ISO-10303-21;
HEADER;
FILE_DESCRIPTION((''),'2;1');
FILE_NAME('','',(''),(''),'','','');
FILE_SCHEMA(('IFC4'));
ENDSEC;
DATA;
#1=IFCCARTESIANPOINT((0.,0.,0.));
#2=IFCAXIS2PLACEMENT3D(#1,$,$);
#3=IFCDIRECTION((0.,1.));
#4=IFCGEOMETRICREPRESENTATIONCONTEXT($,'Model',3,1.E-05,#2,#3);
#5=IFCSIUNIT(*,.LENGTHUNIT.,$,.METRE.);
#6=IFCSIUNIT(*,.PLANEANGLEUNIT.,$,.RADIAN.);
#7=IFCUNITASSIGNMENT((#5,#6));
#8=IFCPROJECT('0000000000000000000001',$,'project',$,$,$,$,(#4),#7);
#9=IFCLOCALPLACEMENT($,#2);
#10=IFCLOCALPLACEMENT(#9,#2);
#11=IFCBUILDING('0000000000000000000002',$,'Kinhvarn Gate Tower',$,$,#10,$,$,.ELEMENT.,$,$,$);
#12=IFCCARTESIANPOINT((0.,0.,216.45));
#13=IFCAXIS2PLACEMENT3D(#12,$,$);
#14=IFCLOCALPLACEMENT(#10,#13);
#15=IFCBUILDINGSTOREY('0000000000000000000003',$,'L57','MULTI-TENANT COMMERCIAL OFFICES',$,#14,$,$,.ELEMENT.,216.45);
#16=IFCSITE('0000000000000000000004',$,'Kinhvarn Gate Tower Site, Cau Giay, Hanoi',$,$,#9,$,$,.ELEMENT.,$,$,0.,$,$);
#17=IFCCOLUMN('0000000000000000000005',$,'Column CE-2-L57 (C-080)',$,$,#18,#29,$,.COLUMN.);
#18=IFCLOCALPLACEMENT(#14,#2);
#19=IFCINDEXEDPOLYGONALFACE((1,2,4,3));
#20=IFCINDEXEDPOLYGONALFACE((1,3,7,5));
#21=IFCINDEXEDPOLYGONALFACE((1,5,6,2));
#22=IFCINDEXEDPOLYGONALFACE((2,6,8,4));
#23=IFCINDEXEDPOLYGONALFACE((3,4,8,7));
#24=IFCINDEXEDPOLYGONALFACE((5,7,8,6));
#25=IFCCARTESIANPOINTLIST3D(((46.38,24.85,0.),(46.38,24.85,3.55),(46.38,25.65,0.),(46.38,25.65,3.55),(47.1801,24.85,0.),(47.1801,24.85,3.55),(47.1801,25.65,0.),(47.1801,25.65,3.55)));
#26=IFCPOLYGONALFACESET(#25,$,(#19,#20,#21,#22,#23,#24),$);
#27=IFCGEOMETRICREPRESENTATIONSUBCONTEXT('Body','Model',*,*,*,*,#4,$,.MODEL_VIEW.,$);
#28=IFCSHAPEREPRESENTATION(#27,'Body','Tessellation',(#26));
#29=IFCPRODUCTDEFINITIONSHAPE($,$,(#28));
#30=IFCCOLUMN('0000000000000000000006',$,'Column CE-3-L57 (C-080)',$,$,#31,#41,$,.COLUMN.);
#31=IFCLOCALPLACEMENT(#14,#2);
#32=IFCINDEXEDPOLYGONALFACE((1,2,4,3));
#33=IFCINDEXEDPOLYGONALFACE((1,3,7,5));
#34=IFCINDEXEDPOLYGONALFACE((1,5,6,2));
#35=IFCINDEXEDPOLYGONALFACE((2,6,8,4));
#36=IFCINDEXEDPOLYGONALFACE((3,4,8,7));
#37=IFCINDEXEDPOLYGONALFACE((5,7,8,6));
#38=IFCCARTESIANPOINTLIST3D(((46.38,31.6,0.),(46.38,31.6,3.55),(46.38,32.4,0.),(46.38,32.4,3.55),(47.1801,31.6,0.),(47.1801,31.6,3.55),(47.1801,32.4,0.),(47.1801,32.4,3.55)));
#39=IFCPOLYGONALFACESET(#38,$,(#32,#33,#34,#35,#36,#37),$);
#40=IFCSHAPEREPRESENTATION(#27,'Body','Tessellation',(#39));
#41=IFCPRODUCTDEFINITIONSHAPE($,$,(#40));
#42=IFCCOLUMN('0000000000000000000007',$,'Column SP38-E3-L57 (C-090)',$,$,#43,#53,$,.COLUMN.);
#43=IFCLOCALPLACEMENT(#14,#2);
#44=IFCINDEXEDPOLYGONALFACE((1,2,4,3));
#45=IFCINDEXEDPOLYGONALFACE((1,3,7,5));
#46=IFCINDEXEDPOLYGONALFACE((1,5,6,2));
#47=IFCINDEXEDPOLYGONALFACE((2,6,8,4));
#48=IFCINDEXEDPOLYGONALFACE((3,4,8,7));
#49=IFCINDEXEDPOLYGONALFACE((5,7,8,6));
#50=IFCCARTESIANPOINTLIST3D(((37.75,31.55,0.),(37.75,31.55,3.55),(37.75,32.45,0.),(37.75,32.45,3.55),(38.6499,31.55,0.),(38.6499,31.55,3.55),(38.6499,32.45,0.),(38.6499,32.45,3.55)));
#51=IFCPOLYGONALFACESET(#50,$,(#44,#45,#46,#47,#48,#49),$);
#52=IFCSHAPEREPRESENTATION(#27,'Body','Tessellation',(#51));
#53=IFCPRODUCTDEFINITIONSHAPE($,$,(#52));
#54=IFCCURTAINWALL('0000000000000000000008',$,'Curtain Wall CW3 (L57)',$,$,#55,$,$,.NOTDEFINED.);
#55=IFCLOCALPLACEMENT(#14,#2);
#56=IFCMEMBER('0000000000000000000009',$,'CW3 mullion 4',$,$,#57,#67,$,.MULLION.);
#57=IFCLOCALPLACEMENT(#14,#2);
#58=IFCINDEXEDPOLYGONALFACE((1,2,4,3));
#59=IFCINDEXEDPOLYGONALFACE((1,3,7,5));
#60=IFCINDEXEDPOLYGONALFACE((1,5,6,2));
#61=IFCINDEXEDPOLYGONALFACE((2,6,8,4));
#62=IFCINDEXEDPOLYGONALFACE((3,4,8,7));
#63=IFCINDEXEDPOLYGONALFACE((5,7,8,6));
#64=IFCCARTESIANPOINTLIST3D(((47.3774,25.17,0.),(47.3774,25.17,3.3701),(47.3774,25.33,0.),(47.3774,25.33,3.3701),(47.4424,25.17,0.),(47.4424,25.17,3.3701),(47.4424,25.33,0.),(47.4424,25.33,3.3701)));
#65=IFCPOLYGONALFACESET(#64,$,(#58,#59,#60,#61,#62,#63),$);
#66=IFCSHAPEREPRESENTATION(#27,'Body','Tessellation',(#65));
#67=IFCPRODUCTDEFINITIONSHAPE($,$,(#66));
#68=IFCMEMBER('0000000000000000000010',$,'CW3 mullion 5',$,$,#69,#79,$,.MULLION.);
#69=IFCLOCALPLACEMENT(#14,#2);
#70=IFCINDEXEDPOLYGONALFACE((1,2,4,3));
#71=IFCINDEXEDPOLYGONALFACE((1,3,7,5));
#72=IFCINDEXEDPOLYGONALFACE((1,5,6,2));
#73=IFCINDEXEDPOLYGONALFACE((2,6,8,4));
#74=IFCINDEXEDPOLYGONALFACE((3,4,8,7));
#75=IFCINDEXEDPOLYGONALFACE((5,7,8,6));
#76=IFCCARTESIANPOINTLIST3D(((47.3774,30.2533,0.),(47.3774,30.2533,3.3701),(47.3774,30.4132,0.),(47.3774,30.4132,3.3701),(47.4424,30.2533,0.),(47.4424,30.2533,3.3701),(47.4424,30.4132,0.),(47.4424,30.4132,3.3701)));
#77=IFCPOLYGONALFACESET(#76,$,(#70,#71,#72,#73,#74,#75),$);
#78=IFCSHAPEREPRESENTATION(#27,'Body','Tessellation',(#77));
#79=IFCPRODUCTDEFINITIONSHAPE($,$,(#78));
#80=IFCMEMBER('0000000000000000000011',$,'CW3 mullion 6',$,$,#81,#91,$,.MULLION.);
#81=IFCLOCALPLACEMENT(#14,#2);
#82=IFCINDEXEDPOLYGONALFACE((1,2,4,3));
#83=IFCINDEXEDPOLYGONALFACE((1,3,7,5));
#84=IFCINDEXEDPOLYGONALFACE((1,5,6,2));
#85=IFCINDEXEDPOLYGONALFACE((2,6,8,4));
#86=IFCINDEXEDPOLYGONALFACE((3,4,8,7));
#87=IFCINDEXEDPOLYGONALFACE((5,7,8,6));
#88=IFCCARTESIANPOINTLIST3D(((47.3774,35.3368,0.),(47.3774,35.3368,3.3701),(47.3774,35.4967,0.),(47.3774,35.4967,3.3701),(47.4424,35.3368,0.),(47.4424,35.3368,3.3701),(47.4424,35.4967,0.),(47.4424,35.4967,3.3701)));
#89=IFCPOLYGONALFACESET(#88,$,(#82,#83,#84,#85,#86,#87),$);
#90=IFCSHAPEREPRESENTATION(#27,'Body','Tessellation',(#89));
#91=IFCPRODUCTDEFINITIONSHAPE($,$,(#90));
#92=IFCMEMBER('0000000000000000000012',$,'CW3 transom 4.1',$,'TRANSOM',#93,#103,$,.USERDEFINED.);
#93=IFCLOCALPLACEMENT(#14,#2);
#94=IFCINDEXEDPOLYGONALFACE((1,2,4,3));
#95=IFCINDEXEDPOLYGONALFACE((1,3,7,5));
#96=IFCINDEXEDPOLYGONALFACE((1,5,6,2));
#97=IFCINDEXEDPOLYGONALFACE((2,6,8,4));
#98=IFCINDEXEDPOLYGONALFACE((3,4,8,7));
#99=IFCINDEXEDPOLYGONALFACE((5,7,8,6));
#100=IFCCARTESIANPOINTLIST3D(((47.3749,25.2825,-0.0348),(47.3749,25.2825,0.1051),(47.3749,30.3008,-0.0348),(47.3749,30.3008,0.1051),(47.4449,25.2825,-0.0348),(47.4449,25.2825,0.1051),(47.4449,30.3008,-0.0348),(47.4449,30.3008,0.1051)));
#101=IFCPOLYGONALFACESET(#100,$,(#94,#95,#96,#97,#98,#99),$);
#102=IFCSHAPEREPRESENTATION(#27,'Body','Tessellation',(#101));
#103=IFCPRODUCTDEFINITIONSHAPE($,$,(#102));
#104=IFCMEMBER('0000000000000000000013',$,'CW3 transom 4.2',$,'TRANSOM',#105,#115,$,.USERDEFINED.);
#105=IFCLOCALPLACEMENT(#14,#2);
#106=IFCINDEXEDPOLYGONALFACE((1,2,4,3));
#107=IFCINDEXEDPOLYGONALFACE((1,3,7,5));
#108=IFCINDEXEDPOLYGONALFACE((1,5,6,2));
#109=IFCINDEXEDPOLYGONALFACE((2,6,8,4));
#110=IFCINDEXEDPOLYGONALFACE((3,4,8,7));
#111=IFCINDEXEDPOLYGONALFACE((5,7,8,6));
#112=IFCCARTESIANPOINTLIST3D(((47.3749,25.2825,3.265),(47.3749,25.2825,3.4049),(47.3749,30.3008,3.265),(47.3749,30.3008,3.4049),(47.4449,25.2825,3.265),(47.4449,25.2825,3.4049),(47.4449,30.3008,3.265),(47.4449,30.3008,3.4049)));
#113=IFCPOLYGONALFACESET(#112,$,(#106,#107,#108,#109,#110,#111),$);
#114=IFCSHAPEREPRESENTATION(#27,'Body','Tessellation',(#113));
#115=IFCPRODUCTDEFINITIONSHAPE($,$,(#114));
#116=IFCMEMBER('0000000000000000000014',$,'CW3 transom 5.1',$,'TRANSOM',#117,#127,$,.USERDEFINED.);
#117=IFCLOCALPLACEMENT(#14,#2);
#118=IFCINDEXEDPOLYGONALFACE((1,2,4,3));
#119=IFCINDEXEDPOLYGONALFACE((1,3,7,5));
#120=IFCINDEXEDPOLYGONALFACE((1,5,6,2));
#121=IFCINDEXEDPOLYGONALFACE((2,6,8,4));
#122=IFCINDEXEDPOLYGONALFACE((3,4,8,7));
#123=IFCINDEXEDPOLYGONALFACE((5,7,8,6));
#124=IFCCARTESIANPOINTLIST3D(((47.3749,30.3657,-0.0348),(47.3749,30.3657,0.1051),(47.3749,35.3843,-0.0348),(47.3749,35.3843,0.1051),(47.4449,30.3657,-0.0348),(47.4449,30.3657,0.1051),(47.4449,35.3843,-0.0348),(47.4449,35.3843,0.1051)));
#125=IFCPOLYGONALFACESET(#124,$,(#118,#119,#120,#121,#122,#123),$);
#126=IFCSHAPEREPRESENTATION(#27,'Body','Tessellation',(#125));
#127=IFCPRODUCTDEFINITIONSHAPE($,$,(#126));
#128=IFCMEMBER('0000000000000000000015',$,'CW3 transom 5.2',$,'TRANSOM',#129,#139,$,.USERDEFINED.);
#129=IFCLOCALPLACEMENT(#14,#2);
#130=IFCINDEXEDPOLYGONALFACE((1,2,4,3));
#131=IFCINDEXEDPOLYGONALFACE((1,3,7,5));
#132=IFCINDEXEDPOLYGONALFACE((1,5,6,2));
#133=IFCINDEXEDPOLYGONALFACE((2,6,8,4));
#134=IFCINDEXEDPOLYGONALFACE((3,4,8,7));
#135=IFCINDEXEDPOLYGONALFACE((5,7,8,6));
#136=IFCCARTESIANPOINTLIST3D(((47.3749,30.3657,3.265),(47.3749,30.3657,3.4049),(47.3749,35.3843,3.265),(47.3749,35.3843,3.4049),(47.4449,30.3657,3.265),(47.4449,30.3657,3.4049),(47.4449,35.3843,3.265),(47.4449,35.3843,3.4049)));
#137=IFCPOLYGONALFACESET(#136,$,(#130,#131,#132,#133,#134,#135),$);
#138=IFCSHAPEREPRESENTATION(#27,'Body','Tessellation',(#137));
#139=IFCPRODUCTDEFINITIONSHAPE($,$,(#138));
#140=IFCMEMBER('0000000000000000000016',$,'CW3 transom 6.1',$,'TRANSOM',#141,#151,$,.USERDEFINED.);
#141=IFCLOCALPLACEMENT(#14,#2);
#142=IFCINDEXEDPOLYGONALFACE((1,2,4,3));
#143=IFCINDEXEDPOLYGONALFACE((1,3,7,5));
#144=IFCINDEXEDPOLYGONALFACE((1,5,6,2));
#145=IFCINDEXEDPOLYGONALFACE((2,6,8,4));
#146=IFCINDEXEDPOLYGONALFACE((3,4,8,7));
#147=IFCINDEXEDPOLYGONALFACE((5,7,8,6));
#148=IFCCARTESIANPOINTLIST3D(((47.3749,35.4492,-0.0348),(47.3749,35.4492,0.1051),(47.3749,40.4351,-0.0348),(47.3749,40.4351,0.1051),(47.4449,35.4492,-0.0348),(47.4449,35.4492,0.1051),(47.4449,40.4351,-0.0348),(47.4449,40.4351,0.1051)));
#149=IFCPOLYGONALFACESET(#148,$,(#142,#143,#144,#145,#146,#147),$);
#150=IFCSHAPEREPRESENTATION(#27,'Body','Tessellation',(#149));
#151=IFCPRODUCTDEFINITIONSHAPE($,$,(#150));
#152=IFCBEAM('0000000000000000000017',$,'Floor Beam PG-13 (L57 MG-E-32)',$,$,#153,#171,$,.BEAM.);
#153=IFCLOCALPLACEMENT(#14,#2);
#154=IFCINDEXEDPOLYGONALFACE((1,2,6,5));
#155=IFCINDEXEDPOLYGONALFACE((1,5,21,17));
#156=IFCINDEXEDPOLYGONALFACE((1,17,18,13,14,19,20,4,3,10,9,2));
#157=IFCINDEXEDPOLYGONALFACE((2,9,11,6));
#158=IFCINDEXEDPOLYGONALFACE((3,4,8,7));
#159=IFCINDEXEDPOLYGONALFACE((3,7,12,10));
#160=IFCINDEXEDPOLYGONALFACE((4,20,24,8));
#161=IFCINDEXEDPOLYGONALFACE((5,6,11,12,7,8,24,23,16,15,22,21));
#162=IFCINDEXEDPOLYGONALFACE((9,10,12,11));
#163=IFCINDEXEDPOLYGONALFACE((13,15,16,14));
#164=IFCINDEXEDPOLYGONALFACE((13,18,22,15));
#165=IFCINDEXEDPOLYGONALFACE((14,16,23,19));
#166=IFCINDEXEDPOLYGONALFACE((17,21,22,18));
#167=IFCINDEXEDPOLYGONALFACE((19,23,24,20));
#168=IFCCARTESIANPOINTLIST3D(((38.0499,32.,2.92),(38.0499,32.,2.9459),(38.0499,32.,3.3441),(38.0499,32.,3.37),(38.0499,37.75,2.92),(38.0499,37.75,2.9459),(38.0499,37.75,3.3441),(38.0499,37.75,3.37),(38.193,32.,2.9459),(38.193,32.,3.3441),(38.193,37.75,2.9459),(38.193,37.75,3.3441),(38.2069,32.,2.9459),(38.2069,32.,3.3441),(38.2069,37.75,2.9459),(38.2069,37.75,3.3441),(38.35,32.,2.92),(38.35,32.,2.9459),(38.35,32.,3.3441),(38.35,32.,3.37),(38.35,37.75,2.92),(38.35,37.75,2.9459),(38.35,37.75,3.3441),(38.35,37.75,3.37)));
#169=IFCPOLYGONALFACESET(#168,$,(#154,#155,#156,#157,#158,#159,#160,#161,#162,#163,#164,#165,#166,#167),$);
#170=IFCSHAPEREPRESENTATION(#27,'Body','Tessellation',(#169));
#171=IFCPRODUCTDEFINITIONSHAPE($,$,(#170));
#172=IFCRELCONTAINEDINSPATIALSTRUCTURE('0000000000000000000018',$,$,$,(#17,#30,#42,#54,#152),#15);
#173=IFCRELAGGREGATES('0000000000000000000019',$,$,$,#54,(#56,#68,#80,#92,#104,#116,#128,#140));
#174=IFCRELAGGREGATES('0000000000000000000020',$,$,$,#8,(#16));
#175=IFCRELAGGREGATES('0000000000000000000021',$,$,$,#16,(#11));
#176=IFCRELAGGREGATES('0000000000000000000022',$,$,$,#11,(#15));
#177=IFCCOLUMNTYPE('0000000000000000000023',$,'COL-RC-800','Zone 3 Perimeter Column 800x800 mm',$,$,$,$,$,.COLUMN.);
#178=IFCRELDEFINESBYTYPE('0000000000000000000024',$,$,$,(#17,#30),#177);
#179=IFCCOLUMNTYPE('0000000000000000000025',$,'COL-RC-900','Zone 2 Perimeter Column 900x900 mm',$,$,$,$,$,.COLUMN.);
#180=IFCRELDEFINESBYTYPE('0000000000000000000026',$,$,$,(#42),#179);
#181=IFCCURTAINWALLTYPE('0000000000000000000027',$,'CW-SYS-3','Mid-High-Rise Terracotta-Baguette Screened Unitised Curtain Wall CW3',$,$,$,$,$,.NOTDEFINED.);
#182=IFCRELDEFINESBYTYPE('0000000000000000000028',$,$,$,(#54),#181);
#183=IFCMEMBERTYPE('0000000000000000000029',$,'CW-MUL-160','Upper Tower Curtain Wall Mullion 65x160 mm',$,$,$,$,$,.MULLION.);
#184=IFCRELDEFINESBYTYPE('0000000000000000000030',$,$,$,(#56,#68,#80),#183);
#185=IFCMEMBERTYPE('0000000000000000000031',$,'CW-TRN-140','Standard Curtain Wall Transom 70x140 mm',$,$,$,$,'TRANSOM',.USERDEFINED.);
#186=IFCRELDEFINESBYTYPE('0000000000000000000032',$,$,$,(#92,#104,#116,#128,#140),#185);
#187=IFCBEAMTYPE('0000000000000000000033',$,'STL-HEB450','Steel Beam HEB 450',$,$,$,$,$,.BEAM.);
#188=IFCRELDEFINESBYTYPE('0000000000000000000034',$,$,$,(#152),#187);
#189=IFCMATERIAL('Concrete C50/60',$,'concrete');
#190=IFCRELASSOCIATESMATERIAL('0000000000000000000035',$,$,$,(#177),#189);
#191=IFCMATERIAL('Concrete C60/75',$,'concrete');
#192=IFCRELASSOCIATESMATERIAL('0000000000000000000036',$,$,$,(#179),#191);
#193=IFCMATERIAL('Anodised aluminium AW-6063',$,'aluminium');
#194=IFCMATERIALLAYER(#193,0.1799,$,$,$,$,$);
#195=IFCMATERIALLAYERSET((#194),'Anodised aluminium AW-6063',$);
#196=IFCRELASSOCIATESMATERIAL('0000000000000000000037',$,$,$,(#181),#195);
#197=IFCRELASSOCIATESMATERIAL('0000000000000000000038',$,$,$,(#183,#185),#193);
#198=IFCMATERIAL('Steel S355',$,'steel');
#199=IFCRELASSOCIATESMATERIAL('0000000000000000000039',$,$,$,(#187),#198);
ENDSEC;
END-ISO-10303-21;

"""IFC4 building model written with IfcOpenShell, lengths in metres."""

from ifc_helpers import new_model, si_unit, direction, frame, origin, origin_2d, place, context, subcontext, project, spatial, rectangle, i_section, extrude, material, layer, layer_set, material_profile, profile_set, type_object, element, aggregate, save


model = new_model("IFC4")

# Units and contexts
model_context = context("Model", 3, precision=1e-05, world=origin(), true_north=direction((0.0, 1.0)))
body_context = subcontext(model_context, "Body", "Model", "MODEL_VIEW")
ifc_project = project(units=[si_unit("LENGTHUNIT", "METRE"), si_unit("PLANEANGLEUNIT", "RADIAN")], contexts=[model_context])

# Site, building, storey
site_placement = place(None, origin())
site = spatial("IfcSite", under=ifc_project, at=site_placement, Name="Kinhvarn Gate Tower Site, Cau Giay, Hanoi", CompositionType="ELEMENT", RefElevation=0.0)
building_placement = place(site_placement, origin())
building = spatial("IfcBuilding", under=site, at=building_placement, Name="Kinhvarn Gate Tower", CompositionType="ELEMENT")
storey_placement = place(building_placement, frame((0.0, 0.0, 216.45)))
storey = spatial("IfcBuildingStorey", under=building, at=storey_placement, Name="L57", Description="MULTI-TENANT COMMERCIAL OFFICES", CompositionType="ELEMENT", Elevation=216.45)

# Columns
ifc_material_1 = material(Name="Concrete C50/60", Category="concrete")
ifc_material_profile_1 = material_profile(ifc_material_1, rectangle(XDim=0.8, YDim=0.8, at=origin_2d()), Name="RC 800x800")
ifc_profile_set_1 = profile_set([ifc_material_profile_1], Name="Concrete C50/60")
column_type_1 = type_object("IfcColumnType", Name="COL-RC-800", Description="Zone 3 Perimeter Column 800x800 mm", PredefinedType="COLUMN", material=ifc_profile_set_1)
for number, where, z_axis, x_axis, name in (
    (1, (46.78, 25.25, 0.0), (0.0, 0.0, 1.0), (1.0, 0.0, 0.0), "Column CE-2-L57 (C-080)"),
    (2, (46.78, 32.0, 0.0), (0.0, 0.0, 1.0), (1.0, 0.0, 0.0), "Column CE-3-L57 (C-080)"),
):
    element("IfcColumn", number, at=place(storey_placement, frame(where, z_axis=z_axis, x_axis=x_axis)), inside=storey, type_object=column_type_1, Name=name, PredefinedType="COLUMN", context=body_context, shape_type="SweptSolid", body=[
        extrude(rectangle(XDim=0.8, YDim=0.8, at=origin_2d()), origin(), (0.0, 0.0, 1.0), 3.55),
    ])
ifc_material_2 = material(Name="Concrete C60/75", Category="concrete")
ifc_material_profile_2 = material_profile(ifc_material_2, rectangle(XDim=0.8999, YDim=0.8999, at=origin_2d()), Name="RC 900x900")
ifc_profile_set_2 = profile_set([ifc_material_profile_2], Name="Concrete C60/75")
column_type_2 = type_object("IfcColumnType", Name="COL-RC-900", Description="Zone 2 Perimeter Column 900x900 mm", PredefinedType="COLUMN", material=ifc_profile_set_2)
column_placement = place(storey_placement, frame((38.2, 32.0, 0.0), z_axis=(0.0, 0.0, 1.0), x_axis=(1.0, 0.0, 0.0)))
element("IfcColumn", 3, at=column_placement, inside=storey, type_object=column_type_2, Name="Column SP38-E3-L57 (C-090)", PredefinedType="COLUMN", context=body_context, shape_type="SweptSolid", body=[
    extrude(rectangle(XDim=0.8999, YDim=0.8999, at=origin_2d()), origin(), (0.0, 0.0, 1.0), 3.55),
])

# Curtain wall, members
ifc_material_3 = material(Name="Anodised aluminium AW-6063", Category="aluminium")
ifc_layer_1 = layer(ifc_material_3, 0.1799)
ifc_layer_set_1 = layer_set([ifc_layer_1], Name="Anodised aluminium AW-6063")
curtain_wall_type = type_object("IfcCurtainWallType", Name="CW-SYS-3", Description="Mid-High-Rise Terracotta-Baguette Screened Unitised Curtain Wall CW3", PredefinedType="NOTDEFINED", material=ifc_layer_set_1)
curtain_wall_placement = place(storey_placement, origin())
curtain_wall = element("IfcCurtainWall", 4, at=curtain_wall_placement, inside=storey, type_object=curtain_wall_type, Name="Curtain Wall CW3 (L57)", PredefinedType="NOTDEFINED")
ifc_material_profile_3 = material_profile(ifc_material_3, rectangle(XDim=0.0649, YDim=0.1599, at=origin_2d()), Name="ALU 65x160")
ifc_profile_set_3 = profile_set([ifc_material_profile_3], Name="Anodised aluminium AW-6063")
member_type_1 = type_object("IfcMemberType", Name="CW-MUL-160", Description="Upper Tower Curtain Wall Mullion 65x160 mm", PredefinedType="MULLION", material=ifc_profile_set_3)
member_1_placement = place(storey_placement, frame((47.4099, 25.25, 0.0), z_axis=(0.0, 0.0, 1.0), x_axis=(-1.0, 0.0, 0.0)))
member_1 = element("IfcMember", 5, at=member_1_placement, type_object=member_type_1, Name="CW3 mullion 4", PredefinedType="MULLION", context=body_context, shape_type="SweptSolid", body=[
    extrude(rectangle(XDim=0.0649, YDim=0.1599, at=origin_2d()), origin(), (0.0, 0.0, 1.0), 3.3701),
])
member_2_placement = place(storey_placement, frame((47.4099, 30.3333, 0.0), z_axis=(0.0, 0.0, 1.0), x_axis=(-1.0, 0.0, 0.0)))
member_2 = element("IfcMember", 6, at=member_2_placement, type_object=member_type_1, Name="CW3 mullion 5", PredefinedType="MULLION", context=body_context, shape_type="SweptSolid", body=[
    extrude(rectangle(XDim=0.0649, YDim=0.1599, at=origin_2d()), origin(), (0.0, 0.0, 1.0), 3.3701),
])
member_3_placement = place(storey_placement, frame((47.4099, 35.4167, 0.0), z_axis=(0.0, 0.0, 1.0), x_axis=(-1.0, 0.0, 0.0)))
member_3 = element("IfcMember", 7, at=member_3_placement, type_object=member_type_1, Name="CW3 mullion 6", PredefinedType="MULLION", context=body_context, shape_type="SweptSolid", body=[
    extrude(rectangle(XDim=0.0649, YDim=0.1599, at=origin_2d()), origin(), (0.0, 0.0, 1.0), 3.3701),
])
ifc_material_profile_4 = material_profile(ifc_material_3, rectangle(XDim=0.0701, YDim=0.1399, at=origin_2d()), Name="ALU 70x140")
ifc_profile_set_4 = profile_set([ifc_material_profile_4], Name="Anodised aluminium AW-6063")
member_type_2 = type_object("IfcMemberType", Name="CW-TRN-140", Description="Standard Curtain Wall Transom 70x140 mm", ElementType="TRANSOM", PredefinedType="USERDEFINED", material=ifc_profile_set_4)
member_4_placement = place(storey_placement, frame((47.4099, 25.2825, 0.0352), z_axis=(0.0, 1.0, 0.0), x_axis=(-1.0, 0.0, 0.0)))
member_4 = element("IfcMember", 8, at=member_4_placement, type_object=member_type_2, Name="CW3 transom 4.1", ObjectType="TRANSOM", PredefinedType="USERDEFINED", context=body_context, shape_type="SweptSolid", body=[
    extrude(rectangle(XDim=0.0701, YDim=0.1399, at=origin_2d()), origin(), (0.0, 0.0, 1.0), 5.0183),
])
member_5_placement = place(storey_placement, frame((47.4099, 25.2825, 3.335), z_axis=(0.0, 1.0, 0.0), x_axis=(-1.0, 0.0, 0.0)))
member_5 = element("IfcMember", 9, at=member_5_placement, type_object=member_type_2, Name="CW3 transom 4.2", ObjectType="TRANSOM", PredefinedType="USERDEFINED", context=body_context, shape_type="SweptSolid", body=[
    extrude(rectangle(XDim=0.0701, YDim=0.1399, at=origin_2d()), origin(), (0.0, 0.0, 1.0), 5.0183),
])
member_6_placement = place(storey_placement, frame((47.4099, 30.3657, 0.0352), z_axis=(0.0, 1.0, 0.0), x_axis=(-1.0, 0.0, 0.0)))
member_6 = element("IfcMember", 10, at=member_6_placement, type_object=member_type_2, Name="CW3 transom 5.1", ObjectType="TRANSOM", PredefinedType="USERDEFINED", context=body_context, shape_type="SweptSolid", body=[
    extrude(rectangle(XDim=0.0701, YDim=0.1399, at=origin_2d()), origin(), (0.0, 0.0, 1.0), 5.0186),
])
member_7_placement = place(storey_placement, frame((47.4099, 30.3657, 3.335), z_axis=(0.0, 1.0, 0.0), x_axis=(-1.0, 0.0, 0.0)))
member_7 = element("IfcMember", 11, at=member_7_placement, type_object=member_type_2, Name="CW3 transom 5.2", ObjectType="TRANSOM", PredefinedType="USERDEFINED", context=body_context, shape_type="SweptSolid", body=[
    extrude(rectangle(XDim=0.0701, YDim=0.1399, at=origin_2d()), origin(), (0.0, 0.0, 1.0), 5.0186),
])
member_8_placement = place(storey_placement, frame((47.4099, 35.4492, 0.0352), z_axis=(0.0, 1.0, 0.0), x_axis=(-1.0, 0.0, 0.0)))
member_8 = element("IfcMember", 12, at=member_8_placement, type_object=member_type_2, Name="CW3 transom 6.1", ObjectType="TRANSOM", PredefinedType="USERDEFINED", context=body_context, shape_type="SweptSolid", body=[
    extrude(rectangle(XDim=0.0701, YDim=0.1399, at=origin_2d()), origin(), (0.0, 0.0, 1.0), 4.9858),
])

# Beam
ifc_material_4 = material(Name="Steel S355", Category="steel")
ifc_material_profile_5 = material_profile(ifc_material_4, i_section(OverallWidth=0.3, OverallDepth=0.45, WebThickness=0.0139, FlangeThickness=0.0259, at=origin_2d()), Name="HEB 450")
ifc_profile_set_5 = profile_set([ifc_material_profile_5], Name="Steel S355")
beam_type_1 = type_object("IfcBeamType", Name="STL-HEB450", Description="Steel Beam HEB 450", PredefinedType="BEAM", material=ifc_profile_set_5)
beam_1_placement = place(storey_placement, frame((38.2, 32.0, 3.145), z_axis=(0.0, 1.0, 0.0), x_axis=(-1.0, 0.0, 0.0)))
element("IfcBeam", 13, at=beam_1_placement, inside=storey, type_object=beam_type_1, Name="Floor Beam PG-13 (L57 MG-E-32)", PredefinedType="BEAM", context=body_context, shape_type="SweptSolid", body=[
    extrude(i_section(OverallWidth=0.3, OverallDepth=0.45, WebThickness=0.0139, FlangeThickness=0.0259, at=origin_2d()), origin(), (0.0, 0.0, 1.0), 5.75),
])

aggregate(curtain_wall, [member_1, member_2, member_3, member_4, member_5, member_6, member_7, member_8])

save(model, "model.ifc")
